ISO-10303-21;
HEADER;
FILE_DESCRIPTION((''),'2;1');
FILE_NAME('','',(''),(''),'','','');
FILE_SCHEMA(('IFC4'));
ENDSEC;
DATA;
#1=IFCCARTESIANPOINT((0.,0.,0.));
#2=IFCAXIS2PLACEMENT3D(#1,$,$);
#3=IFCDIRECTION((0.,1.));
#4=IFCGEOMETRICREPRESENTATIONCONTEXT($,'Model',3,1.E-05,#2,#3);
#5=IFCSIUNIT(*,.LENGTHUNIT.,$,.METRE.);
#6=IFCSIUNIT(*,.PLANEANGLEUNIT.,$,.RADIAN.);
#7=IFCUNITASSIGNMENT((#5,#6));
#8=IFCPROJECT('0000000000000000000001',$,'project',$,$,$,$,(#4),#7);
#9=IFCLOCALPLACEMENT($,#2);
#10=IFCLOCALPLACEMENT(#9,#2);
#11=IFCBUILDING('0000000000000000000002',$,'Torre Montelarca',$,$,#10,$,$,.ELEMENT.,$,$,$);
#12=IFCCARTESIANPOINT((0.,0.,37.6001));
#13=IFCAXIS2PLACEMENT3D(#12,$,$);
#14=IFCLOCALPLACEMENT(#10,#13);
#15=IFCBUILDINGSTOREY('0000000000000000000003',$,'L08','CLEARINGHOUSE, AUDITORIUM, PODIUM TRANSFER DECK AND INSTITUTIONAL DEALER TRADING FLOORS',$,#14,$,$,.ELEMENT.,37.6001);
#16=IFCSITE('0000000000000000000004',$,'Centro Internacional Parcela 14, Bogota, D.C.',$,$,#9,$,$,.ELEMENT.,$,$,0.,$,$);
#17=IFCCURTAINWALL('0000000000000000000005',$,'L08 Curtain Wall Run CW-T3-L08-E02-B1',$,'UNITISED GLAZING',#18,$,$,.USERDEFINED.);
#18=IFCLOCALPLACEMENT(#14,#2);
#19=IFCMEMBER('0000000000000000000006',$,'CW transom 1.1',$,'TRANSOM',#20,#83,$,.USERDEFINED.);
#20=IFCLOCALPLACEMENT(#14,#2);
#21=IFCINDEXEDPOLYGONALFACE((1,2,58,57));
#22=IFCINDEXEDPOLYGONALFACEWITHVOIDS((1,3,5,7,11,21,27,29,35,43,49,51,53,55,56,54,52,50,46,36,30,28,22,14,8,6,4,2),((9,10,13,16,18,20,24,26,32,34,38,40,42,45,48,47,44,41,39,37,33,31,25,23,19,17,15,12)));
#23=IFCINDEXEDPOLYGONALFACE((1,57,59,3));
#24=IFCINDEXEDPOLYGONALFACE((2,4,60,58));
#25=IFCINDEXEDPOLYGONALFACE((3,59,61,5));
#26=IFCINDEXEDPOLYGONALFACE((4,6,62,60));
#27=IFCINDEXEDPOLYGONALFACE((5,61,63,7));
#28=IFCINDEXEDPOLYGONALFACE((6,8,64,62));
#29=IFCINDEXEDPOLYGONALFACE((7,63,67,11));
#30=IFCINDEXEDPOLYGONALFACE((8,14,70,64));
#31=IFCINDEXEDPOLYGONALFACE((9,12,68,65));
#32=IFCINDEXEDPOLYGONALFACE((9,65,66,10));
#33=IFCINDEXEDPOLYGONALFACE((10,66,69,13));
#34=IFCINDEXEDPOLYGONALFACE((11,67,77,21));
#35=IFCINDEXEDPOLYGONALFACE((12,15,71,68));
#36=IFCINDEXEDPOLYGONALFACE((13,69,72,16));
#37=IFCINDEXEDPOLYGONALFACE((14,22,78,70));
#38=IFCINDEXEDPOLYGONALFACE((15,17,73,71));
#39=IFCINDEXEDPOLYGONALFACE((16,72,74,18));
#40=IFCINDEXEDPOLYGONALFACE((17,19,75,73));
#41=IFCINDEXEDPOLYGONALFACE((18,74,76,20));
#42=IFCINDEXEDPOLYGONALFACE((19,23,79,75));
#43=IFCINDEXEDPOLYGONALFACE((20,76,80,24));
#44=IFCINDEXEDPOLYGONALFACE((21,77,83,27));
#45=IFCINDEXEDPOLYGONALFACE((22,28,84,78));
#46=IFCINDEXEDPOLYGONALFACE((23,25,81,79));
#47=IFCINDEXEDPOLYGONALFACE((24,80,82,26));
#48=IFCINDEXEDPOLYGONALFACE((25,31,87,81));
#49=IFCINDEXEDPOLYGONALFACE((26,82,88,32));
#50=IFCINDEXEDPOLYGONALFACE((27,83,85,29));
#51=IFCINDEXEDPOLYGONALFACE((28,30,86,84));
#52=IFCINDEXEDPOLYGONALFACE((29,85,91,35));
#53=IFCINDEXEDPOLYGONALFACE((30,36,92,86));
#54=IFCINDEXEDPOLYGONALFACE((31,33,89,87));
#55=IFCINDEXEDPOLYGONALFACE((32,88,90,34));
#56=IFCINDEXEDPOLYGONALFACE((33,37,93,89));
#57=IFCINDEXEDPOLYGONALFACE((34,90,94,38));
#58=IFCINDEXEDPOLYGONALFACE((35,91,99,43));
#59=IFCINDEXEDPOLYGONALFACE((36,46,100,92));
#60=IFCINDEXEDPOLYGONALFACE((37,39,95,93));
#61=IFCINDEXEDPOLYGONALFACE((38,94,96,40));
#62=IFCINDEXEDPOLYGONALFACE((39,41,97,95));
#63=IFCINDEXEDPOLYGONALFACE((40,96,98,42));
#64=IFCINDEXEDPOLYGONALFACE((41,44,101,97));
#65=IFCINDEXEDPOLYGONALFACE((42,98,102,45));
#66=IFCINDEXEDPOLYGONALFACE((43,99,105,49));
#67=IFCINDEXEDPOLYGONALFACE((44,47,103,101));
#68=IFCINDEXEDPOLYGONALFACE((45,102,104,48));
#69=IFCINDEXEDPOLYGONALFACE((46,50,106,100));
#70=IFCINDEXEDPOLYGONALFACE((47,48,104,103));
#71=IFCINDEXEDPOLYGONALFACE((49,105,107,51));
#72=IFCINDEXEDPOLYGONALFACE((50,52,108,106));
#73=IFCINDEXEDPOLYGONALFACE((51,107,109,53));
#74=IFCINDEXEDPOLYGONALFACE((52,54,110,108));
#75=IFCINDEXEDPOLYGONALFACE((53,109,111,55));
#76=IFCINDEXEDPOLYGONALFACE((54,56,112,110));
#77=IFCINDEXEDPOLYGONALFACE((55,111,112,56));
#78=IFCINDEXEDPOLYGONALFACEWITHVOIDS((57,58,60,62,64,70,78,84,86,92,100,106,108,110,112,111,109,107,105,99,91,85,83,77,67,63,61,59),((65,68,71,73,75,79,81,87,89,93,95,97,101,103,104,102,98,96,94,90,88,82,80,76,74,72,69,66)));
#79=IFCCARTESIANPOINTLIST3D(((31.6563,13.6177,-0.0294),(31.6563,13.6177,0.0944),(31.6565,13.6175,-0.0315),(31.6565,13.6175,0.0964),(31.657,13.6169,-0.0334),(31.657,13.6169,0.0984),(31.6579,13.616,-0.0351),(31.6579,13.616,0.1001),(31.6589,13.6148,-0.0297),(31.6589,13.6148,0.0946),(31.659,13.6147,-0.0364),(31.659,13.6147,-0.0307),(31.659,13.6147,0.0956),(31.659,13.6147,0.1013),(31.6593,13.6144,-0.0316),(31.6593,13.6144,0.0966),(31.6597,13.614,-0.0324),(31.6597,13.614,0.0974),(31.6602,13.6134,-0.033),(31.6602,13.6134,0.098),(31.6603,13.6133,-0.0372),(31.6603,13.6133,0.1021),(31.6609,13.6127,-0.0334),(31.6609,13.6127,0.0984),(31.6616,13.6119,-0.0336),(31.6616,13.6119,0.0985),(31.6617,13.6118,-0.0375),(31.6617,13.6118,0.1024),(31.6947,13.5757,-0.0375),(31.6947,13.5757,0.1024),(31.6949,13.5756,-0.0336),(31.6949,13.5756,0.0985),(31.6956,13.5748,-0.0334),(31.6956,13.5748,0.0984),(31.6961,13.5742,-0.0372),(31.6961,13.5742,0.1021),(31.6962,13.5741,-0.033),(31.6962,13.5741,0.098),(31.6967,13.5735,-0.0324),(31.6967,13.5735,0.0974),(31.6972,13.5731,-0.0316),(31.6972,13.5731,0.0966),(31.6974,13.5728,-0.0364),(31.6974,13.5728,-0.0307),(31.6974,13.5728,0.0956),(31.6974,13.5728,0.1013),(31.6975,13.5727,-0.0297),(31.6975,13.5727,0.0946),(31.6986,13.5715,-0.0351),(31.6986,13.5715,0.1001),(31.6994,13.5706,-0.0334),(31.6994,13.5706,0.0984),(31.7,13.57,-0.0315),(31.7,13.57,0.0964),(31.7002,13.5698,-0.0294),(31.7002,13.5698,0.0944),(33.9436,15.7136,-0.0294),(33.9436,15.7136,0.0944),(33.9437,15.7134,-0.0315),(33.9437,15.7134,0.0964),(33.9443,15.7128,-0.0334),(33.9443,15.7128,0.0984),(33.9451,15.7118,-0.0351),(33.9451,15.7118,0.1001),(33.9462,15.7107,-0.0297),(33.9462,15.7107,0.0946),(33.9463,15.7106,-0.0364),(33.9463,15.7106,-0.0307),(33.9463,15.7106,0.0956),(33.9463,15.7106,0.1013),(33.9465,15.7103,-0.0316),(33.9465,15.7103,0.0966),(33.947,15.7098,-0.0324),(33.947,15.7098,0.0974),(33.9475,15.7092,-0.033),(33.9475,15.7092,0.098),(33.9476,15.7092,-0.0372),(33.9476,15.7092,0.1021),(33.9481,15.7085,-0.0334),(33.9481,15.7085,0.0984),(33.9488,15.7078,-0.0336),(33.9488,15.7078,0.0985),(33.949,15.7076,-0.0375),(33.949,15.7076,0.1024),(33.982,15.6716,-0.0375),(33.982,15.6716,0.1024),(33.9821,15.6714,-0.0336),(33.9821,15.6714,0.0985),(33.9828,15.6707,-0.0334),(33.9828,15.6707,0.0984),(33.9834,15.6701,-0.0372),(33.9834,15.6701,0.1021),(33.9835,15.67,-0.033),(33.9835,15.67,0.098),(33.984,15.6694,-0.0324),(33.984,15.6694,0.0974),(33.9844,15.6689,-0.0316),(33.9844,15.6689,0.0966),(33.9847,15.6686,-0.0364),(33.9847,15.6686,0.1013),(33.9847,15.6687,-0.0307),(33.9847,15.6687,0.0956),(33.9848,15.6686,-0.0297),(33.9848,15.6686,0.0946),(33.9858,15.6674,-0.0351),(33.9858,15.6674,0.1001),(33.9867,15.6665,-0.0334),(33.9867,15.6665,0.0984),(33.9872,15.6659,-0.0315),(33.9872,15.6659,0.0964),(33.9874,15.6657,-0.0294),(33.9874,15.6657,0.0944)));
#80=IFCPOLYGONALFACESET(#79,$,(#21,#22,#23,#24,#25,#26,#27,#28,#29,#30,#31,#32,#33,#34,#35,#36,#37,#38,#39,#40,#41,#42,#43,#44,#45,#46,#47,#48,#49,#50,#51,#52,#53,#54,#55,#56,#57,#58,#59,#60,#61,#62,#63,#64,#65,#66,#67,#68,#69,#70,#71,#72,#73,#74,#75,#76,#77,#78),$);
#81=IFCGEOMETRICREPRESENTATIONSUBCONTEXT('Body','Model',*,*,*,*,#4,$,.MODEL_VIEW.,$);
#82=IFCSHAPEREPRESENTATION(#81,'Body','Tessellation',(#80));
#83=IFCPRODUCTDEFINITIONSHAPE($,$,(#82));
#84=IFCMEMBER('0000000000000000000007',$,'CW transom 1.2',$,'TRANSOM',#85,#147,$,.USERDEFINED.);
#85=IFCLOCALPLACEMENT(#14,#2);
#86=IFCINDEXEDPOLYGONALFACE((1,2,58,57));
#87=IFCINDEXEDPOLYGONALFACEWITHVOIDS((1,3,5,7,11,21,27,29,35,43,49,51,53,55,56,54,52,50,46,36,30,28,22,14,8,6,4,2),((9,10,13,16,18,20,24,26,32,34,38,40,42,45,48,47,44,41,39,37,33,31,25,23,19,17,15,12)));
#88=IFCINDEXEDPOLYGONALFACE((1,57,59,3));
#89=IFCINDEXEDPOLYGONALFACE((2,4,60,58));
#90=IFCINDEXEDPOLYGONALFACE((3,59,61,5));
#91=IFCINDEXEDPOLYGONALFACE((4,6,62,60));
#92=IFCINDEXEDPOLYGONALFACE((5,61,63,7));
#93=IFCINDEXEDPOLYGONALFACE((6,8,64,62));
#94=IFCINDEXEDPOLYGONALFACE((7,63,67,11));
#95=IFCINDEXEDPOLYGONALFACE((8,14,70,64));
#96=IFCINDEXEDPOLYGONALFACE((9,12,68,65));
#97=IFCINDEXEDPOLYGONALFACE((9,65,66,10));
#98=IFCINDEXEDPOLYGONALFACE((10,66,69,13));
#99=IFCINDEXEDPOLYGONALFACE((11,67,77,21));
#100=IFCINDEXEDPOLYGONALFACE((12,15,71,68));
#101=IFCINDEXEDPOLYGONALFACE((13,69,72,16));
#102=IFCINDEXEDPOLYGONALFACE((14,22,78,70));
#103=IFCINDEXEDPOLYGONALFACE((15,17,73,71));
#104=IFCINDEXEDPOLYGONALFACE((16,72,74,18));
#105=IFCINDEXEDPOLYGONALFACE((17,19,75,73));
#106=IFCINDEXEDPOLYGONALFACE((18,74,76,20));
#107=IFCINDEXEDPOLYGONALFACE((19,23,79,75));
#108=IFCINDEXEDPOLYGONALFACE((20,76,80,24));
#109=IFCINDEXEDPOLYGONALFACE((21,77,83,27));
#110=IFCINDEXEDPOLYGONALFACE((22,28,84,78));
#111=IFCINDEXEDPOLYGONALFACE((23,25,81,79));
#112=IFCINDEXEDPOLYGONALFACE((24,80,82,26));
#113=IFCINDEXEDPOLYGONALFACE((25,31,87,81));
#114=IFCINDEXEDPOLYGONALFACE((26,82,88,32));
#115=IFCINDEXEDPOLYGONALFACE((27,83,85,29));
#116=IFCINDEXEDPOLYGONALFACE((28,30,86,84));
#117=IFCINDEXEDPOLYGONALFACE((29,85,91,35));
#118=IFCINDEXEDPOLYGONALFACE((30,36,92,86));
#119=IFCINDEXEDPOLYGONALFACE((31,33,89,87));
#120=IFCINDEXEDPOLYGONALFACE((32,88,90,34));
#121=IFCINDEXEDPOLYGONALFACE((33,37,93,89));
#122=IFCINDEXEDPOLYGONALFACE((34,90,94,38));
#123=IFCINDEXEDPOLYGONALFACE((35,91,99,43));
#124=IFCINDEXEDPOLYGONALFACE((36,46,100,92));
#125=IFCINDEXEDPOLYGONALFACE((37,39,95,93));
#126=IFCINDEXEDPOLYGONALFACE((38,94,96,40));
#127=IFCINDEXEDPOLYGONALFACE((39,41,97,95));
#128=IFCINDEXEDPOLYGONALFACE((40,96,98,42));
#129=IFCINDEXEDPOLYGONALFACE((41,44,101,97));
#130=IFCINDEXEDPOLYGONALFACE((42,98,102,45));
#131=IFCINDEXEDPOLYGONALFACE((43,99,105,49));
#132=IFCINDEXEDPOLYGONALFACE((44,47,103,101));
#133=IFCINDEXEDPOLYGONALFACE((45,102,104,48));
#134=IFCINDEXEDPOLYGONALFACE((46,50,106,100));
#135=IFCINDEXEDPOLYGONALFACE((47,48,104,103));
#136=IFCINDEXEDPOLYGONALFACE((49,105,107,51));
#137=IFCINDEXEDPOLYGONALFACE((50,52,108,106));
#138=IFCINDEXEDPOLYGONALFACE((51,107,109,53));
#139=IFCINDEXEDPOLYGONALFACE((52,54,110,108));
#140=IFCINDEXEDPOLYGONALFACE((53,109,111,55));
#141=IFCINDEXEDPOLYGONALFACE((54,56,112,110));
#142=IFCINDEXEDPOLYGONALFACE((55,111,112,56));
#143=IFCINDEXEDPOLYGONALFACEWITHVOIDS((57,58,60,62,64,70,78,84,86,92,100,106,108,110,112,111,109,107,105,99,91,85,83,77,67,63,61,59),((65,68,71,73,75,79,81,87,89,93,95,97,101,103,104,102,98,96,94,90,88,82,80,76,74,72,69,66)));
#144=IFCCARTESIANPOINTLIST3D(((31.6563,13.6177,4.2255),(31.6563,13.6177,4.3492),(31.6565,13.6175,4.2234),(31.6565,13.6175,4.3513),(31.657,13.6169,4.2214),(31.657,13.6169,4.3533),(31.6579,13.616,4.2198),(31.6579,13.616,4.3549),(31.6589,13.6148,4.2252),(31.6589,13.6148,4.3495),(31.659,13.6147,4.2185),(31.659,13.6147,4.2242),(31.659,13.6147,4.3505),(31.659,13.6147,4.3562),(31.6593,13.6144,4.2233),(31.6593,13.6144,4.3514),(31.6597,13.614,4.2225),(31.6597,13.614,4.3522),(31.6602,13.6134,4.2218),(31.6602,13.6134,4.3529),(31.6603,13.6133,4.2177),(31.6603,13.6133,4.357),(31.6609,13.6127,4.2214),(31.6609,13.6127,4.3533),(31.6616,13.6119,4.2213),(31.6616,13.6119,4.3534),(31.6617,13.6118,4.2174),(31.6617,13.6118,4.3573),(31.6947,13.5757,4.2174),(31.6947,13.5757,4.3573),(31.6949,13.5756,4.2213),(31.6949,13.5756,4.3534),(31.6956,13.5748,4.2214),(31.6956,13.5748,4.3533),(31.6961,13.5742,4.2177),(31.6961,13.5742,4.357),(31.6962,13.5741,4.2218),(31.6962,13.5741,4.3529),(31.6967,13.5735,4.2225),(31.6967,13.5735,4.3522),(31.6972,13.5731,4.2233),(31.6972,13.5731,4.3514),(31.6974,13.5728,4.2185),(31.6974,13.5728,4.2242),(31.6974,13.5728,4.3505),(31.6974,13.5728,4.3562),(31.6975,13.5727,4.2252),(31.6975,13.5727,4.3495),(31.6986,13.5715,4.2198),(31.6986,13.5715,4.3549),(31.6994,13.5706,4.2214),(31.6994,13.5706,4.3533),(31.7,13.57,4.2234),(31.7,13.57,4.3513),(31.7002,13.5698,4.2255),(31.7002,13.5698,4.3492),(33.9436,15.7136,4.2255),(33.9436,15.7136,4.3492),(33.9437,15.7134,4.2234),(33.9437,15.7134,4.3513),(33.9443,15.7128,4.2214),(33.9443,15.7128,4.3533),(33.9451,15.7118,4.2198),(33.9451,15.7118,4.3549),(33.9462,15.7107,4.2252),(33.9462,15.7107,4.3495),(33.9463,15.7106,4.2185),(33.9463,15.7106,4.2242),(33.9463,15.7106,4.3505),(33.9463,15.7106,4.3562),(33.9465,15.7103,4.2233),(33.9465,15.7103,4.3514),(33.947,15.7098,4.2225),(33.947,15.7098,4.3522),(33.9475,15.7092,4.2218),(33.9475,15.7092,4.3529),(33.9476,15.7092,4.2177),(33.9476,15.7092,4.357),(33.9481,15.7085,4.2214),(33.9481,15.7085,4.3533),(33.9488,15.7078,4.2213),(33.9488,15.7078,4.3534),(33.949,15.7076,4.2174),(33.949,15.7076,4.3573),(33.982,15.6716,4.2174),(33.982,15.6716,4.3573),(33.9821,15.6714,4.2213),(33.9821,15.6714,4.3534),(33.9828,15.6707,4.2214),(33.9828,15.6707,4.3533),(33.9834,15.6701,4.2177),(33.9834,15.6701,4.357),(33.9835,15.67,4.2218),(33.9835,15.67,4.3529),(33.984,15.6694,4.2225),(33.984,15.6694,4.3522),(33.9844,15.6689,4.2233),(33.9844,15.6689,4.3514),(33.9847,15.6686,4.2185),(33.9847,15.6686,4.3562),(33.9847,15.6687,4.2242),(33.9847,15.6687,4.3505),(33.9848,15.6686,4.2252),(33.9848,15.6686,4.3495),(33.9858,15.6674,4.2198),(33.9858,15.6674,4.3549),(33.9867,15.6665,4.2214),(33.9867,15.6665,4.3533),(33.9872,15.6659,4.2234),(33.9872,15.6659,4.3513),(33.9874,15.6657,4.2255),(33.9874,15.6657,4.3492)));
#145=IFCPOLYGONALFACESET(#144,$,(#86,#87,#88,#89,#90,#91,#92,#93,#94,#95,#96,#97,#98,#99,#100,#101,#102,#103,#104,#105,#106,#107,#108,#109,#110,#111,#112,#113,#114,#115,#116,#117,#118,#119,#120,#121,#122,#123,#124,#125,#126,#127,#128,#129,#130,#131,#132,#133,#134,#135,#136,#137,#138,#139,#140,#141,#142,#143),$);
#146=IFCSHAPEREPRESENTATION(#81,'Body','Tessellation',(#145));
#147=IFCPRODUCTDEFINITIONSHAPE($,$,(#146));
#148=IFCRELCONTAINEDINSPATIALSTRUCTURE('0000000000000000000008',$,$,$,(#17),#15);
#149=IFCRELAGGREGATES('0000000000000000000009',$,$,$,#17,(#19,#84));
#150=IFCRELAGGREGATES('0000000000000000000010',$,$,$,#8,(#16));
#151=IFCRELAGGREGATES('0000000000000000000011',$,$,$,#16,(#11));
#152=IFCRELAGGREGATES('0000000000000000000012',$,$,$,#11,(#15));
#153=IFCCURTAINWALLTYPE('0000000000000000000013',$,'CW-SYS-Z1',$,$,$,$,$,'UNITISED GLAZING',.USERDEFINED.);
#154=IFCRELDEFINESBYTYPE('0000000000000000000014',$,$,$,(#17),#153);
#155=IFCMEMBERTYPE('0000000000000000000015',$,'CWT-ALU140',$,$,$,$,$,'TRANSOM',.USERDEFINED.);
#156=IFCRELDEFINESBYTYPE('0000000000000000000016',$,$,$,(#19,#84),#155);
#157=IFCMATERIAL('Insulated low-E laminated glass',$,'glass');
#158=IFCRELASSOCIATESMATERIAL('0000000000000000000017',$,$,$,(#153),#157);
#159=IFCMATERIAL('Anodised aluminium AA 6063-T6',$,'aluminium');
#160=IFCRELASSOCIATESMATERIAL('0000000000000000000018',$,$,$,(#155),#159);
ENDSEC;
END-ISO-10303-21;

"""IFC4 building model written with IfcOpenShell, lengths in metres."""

from ifc_helpers import new_model, si_unit, direction, frame, origin, origin_2d, place, context, subcontext, project, spatial, hollow_rectangle, extrude, source, transform, mapped, material, material_profile, profile_set, type_object, element, aggregate, save


model = new_model("IFC4")

# Units and contexts
model_context = context("Model", 3, precision=1e-05, world=origin(), true_north=direction((0.0, 1.0)))
body_context = subcontext(model_context, "Body", "Model", "MODEL_VIEW")
ifc_project = project(units=[si_unit("LENGTHUNIT", "METRE"), si_unit("PLANEANGLEUNIT", "RADIAN")], contexts=[model_context])

# Site, building, storey
site_placement = place(None, origin())
site = spatial("IfcSite", under=ifc_project, at=site_placement, Name="Centro Internacional Parcela 14, Bogota, D.C.", CompositionType="ELEMENT", RefElevation=0.0)
building_placement = place(site_placement, origin())
building = spatial("IfcBuilding", under=site, at=building_placement, Name="Torre Montelarca", CompositionType="ELEMENT")
storey_placement = place(building_placement, frame((0.0, 0.0, 37.6001)))
storey = spatial("IfcBuildingStorey", under=building, at=storey_placement, Name="L08", Description="CLEARINGHOUSE, AUDITORIUM, PODIUM TRANSFER DECK AND INSTITUTIONAL DEALER TRADING FLOORS", CompositionType="ELEMENT", Elevation=37.6001)

# Curtain wall, members
ifc_material_1 = material(Name="Insulated low-E laminated glass", Category="glass")
curtain_wall_type = type_object("IfcCurtainWallType", Name="CW-SYS-Z1", ElementType="UNITISED GLAZING", PredefinedType="USERDEFINED", material=ifc_material_1)
ifc_material_2 = material(Name="Anodised aluminium AA 6063-T6", Category="aluminium")
ifc_material_profile_1 = material_profile(ifc_material_2, hollow_rectangle(XDim=0.0649, YDim=0.1399, WallThickness=0.0039, InnerFilletRadius=0.0039, OuterFilletRadius=0.0081, at=origin_2d()), Name="ALU65X140X4", Category="aluminium")
ifc_profile_set_1 = profile_set([ifc_material_profile_1], Name="Anodised aluminium AA 6063-T6")
member_type_1 = type_object("IfcMemberType", Name="CWT-ALU140", ElementType="TRANSOM", PredefinedType="USERDEFINED", material=ifc_profile_set_1)
curtain_wall_1_placement = place(storey_placement, origin())
curtain_wall_1 = element("IfcCurtainWall", 1, at=curtain_wall_1_placement, inside=storey, type_object=curtain_wall_type, Name="L08 Curtain Wall Run CW-T3-L08-E02-B1", ObjectType="UNITISED GLAZING", PredefinedType="USERDEFINED")
shared_shape_1 = source(origin(), body_context, "Body", "SweptSolid", [
    extrude(hollow_rectangle(XDim=0.0649, YDim=0.1399, WallThickness=0.0039, InnerFilletRadius=0.0039, OuterFilletRadius=0.0081, at=origin_2d()), origin(), (0.0, 0.0, 1.0), 3.1023),
])
member_1_placement = place(storey_placement, frame((31.6782, 13.5938, 0.0325), z_axis=(0.737282, 0.675586, 0.0), x_axis=(-0.675586, 0.737282, 0.0)))
member_1 = element("IfcMember", 2, at=member_1_placement, type_object=member_type_1, Name="CW transom 1.1", ObjectType="TRANSOM", PredefinedType="USERDEFINED", context=body_context, shape_type="MappedRepresentation", body=[
    mapped(shared_shape_1, transform((0.0, 0.0, 0.0), scale=1.0)),
])
member_2_placement = place(storey_placement, frame((31.6782, 13.5938, 4.2874), z_axis=(0.737282, 0.675586, 0.0), x_axis=(-0.675586, 0.737282, 0.0)))
member_2 = element("IfcMember", 3, at=member_2_placement, type_object=member_type_1, Name="CW transom 1.2", ObjectType="TRANSOM", PredefinedType="USERDEFINED", context=body_context, shape_type="MappedRepresentation", body=[
    mapped(shared_shape_1, transform((0.0, 0.0, 0.0), scale=1.0)),
])

aggregate(curtain_wall_1, [member_1, member_2])

save(model, "model.ifc")
